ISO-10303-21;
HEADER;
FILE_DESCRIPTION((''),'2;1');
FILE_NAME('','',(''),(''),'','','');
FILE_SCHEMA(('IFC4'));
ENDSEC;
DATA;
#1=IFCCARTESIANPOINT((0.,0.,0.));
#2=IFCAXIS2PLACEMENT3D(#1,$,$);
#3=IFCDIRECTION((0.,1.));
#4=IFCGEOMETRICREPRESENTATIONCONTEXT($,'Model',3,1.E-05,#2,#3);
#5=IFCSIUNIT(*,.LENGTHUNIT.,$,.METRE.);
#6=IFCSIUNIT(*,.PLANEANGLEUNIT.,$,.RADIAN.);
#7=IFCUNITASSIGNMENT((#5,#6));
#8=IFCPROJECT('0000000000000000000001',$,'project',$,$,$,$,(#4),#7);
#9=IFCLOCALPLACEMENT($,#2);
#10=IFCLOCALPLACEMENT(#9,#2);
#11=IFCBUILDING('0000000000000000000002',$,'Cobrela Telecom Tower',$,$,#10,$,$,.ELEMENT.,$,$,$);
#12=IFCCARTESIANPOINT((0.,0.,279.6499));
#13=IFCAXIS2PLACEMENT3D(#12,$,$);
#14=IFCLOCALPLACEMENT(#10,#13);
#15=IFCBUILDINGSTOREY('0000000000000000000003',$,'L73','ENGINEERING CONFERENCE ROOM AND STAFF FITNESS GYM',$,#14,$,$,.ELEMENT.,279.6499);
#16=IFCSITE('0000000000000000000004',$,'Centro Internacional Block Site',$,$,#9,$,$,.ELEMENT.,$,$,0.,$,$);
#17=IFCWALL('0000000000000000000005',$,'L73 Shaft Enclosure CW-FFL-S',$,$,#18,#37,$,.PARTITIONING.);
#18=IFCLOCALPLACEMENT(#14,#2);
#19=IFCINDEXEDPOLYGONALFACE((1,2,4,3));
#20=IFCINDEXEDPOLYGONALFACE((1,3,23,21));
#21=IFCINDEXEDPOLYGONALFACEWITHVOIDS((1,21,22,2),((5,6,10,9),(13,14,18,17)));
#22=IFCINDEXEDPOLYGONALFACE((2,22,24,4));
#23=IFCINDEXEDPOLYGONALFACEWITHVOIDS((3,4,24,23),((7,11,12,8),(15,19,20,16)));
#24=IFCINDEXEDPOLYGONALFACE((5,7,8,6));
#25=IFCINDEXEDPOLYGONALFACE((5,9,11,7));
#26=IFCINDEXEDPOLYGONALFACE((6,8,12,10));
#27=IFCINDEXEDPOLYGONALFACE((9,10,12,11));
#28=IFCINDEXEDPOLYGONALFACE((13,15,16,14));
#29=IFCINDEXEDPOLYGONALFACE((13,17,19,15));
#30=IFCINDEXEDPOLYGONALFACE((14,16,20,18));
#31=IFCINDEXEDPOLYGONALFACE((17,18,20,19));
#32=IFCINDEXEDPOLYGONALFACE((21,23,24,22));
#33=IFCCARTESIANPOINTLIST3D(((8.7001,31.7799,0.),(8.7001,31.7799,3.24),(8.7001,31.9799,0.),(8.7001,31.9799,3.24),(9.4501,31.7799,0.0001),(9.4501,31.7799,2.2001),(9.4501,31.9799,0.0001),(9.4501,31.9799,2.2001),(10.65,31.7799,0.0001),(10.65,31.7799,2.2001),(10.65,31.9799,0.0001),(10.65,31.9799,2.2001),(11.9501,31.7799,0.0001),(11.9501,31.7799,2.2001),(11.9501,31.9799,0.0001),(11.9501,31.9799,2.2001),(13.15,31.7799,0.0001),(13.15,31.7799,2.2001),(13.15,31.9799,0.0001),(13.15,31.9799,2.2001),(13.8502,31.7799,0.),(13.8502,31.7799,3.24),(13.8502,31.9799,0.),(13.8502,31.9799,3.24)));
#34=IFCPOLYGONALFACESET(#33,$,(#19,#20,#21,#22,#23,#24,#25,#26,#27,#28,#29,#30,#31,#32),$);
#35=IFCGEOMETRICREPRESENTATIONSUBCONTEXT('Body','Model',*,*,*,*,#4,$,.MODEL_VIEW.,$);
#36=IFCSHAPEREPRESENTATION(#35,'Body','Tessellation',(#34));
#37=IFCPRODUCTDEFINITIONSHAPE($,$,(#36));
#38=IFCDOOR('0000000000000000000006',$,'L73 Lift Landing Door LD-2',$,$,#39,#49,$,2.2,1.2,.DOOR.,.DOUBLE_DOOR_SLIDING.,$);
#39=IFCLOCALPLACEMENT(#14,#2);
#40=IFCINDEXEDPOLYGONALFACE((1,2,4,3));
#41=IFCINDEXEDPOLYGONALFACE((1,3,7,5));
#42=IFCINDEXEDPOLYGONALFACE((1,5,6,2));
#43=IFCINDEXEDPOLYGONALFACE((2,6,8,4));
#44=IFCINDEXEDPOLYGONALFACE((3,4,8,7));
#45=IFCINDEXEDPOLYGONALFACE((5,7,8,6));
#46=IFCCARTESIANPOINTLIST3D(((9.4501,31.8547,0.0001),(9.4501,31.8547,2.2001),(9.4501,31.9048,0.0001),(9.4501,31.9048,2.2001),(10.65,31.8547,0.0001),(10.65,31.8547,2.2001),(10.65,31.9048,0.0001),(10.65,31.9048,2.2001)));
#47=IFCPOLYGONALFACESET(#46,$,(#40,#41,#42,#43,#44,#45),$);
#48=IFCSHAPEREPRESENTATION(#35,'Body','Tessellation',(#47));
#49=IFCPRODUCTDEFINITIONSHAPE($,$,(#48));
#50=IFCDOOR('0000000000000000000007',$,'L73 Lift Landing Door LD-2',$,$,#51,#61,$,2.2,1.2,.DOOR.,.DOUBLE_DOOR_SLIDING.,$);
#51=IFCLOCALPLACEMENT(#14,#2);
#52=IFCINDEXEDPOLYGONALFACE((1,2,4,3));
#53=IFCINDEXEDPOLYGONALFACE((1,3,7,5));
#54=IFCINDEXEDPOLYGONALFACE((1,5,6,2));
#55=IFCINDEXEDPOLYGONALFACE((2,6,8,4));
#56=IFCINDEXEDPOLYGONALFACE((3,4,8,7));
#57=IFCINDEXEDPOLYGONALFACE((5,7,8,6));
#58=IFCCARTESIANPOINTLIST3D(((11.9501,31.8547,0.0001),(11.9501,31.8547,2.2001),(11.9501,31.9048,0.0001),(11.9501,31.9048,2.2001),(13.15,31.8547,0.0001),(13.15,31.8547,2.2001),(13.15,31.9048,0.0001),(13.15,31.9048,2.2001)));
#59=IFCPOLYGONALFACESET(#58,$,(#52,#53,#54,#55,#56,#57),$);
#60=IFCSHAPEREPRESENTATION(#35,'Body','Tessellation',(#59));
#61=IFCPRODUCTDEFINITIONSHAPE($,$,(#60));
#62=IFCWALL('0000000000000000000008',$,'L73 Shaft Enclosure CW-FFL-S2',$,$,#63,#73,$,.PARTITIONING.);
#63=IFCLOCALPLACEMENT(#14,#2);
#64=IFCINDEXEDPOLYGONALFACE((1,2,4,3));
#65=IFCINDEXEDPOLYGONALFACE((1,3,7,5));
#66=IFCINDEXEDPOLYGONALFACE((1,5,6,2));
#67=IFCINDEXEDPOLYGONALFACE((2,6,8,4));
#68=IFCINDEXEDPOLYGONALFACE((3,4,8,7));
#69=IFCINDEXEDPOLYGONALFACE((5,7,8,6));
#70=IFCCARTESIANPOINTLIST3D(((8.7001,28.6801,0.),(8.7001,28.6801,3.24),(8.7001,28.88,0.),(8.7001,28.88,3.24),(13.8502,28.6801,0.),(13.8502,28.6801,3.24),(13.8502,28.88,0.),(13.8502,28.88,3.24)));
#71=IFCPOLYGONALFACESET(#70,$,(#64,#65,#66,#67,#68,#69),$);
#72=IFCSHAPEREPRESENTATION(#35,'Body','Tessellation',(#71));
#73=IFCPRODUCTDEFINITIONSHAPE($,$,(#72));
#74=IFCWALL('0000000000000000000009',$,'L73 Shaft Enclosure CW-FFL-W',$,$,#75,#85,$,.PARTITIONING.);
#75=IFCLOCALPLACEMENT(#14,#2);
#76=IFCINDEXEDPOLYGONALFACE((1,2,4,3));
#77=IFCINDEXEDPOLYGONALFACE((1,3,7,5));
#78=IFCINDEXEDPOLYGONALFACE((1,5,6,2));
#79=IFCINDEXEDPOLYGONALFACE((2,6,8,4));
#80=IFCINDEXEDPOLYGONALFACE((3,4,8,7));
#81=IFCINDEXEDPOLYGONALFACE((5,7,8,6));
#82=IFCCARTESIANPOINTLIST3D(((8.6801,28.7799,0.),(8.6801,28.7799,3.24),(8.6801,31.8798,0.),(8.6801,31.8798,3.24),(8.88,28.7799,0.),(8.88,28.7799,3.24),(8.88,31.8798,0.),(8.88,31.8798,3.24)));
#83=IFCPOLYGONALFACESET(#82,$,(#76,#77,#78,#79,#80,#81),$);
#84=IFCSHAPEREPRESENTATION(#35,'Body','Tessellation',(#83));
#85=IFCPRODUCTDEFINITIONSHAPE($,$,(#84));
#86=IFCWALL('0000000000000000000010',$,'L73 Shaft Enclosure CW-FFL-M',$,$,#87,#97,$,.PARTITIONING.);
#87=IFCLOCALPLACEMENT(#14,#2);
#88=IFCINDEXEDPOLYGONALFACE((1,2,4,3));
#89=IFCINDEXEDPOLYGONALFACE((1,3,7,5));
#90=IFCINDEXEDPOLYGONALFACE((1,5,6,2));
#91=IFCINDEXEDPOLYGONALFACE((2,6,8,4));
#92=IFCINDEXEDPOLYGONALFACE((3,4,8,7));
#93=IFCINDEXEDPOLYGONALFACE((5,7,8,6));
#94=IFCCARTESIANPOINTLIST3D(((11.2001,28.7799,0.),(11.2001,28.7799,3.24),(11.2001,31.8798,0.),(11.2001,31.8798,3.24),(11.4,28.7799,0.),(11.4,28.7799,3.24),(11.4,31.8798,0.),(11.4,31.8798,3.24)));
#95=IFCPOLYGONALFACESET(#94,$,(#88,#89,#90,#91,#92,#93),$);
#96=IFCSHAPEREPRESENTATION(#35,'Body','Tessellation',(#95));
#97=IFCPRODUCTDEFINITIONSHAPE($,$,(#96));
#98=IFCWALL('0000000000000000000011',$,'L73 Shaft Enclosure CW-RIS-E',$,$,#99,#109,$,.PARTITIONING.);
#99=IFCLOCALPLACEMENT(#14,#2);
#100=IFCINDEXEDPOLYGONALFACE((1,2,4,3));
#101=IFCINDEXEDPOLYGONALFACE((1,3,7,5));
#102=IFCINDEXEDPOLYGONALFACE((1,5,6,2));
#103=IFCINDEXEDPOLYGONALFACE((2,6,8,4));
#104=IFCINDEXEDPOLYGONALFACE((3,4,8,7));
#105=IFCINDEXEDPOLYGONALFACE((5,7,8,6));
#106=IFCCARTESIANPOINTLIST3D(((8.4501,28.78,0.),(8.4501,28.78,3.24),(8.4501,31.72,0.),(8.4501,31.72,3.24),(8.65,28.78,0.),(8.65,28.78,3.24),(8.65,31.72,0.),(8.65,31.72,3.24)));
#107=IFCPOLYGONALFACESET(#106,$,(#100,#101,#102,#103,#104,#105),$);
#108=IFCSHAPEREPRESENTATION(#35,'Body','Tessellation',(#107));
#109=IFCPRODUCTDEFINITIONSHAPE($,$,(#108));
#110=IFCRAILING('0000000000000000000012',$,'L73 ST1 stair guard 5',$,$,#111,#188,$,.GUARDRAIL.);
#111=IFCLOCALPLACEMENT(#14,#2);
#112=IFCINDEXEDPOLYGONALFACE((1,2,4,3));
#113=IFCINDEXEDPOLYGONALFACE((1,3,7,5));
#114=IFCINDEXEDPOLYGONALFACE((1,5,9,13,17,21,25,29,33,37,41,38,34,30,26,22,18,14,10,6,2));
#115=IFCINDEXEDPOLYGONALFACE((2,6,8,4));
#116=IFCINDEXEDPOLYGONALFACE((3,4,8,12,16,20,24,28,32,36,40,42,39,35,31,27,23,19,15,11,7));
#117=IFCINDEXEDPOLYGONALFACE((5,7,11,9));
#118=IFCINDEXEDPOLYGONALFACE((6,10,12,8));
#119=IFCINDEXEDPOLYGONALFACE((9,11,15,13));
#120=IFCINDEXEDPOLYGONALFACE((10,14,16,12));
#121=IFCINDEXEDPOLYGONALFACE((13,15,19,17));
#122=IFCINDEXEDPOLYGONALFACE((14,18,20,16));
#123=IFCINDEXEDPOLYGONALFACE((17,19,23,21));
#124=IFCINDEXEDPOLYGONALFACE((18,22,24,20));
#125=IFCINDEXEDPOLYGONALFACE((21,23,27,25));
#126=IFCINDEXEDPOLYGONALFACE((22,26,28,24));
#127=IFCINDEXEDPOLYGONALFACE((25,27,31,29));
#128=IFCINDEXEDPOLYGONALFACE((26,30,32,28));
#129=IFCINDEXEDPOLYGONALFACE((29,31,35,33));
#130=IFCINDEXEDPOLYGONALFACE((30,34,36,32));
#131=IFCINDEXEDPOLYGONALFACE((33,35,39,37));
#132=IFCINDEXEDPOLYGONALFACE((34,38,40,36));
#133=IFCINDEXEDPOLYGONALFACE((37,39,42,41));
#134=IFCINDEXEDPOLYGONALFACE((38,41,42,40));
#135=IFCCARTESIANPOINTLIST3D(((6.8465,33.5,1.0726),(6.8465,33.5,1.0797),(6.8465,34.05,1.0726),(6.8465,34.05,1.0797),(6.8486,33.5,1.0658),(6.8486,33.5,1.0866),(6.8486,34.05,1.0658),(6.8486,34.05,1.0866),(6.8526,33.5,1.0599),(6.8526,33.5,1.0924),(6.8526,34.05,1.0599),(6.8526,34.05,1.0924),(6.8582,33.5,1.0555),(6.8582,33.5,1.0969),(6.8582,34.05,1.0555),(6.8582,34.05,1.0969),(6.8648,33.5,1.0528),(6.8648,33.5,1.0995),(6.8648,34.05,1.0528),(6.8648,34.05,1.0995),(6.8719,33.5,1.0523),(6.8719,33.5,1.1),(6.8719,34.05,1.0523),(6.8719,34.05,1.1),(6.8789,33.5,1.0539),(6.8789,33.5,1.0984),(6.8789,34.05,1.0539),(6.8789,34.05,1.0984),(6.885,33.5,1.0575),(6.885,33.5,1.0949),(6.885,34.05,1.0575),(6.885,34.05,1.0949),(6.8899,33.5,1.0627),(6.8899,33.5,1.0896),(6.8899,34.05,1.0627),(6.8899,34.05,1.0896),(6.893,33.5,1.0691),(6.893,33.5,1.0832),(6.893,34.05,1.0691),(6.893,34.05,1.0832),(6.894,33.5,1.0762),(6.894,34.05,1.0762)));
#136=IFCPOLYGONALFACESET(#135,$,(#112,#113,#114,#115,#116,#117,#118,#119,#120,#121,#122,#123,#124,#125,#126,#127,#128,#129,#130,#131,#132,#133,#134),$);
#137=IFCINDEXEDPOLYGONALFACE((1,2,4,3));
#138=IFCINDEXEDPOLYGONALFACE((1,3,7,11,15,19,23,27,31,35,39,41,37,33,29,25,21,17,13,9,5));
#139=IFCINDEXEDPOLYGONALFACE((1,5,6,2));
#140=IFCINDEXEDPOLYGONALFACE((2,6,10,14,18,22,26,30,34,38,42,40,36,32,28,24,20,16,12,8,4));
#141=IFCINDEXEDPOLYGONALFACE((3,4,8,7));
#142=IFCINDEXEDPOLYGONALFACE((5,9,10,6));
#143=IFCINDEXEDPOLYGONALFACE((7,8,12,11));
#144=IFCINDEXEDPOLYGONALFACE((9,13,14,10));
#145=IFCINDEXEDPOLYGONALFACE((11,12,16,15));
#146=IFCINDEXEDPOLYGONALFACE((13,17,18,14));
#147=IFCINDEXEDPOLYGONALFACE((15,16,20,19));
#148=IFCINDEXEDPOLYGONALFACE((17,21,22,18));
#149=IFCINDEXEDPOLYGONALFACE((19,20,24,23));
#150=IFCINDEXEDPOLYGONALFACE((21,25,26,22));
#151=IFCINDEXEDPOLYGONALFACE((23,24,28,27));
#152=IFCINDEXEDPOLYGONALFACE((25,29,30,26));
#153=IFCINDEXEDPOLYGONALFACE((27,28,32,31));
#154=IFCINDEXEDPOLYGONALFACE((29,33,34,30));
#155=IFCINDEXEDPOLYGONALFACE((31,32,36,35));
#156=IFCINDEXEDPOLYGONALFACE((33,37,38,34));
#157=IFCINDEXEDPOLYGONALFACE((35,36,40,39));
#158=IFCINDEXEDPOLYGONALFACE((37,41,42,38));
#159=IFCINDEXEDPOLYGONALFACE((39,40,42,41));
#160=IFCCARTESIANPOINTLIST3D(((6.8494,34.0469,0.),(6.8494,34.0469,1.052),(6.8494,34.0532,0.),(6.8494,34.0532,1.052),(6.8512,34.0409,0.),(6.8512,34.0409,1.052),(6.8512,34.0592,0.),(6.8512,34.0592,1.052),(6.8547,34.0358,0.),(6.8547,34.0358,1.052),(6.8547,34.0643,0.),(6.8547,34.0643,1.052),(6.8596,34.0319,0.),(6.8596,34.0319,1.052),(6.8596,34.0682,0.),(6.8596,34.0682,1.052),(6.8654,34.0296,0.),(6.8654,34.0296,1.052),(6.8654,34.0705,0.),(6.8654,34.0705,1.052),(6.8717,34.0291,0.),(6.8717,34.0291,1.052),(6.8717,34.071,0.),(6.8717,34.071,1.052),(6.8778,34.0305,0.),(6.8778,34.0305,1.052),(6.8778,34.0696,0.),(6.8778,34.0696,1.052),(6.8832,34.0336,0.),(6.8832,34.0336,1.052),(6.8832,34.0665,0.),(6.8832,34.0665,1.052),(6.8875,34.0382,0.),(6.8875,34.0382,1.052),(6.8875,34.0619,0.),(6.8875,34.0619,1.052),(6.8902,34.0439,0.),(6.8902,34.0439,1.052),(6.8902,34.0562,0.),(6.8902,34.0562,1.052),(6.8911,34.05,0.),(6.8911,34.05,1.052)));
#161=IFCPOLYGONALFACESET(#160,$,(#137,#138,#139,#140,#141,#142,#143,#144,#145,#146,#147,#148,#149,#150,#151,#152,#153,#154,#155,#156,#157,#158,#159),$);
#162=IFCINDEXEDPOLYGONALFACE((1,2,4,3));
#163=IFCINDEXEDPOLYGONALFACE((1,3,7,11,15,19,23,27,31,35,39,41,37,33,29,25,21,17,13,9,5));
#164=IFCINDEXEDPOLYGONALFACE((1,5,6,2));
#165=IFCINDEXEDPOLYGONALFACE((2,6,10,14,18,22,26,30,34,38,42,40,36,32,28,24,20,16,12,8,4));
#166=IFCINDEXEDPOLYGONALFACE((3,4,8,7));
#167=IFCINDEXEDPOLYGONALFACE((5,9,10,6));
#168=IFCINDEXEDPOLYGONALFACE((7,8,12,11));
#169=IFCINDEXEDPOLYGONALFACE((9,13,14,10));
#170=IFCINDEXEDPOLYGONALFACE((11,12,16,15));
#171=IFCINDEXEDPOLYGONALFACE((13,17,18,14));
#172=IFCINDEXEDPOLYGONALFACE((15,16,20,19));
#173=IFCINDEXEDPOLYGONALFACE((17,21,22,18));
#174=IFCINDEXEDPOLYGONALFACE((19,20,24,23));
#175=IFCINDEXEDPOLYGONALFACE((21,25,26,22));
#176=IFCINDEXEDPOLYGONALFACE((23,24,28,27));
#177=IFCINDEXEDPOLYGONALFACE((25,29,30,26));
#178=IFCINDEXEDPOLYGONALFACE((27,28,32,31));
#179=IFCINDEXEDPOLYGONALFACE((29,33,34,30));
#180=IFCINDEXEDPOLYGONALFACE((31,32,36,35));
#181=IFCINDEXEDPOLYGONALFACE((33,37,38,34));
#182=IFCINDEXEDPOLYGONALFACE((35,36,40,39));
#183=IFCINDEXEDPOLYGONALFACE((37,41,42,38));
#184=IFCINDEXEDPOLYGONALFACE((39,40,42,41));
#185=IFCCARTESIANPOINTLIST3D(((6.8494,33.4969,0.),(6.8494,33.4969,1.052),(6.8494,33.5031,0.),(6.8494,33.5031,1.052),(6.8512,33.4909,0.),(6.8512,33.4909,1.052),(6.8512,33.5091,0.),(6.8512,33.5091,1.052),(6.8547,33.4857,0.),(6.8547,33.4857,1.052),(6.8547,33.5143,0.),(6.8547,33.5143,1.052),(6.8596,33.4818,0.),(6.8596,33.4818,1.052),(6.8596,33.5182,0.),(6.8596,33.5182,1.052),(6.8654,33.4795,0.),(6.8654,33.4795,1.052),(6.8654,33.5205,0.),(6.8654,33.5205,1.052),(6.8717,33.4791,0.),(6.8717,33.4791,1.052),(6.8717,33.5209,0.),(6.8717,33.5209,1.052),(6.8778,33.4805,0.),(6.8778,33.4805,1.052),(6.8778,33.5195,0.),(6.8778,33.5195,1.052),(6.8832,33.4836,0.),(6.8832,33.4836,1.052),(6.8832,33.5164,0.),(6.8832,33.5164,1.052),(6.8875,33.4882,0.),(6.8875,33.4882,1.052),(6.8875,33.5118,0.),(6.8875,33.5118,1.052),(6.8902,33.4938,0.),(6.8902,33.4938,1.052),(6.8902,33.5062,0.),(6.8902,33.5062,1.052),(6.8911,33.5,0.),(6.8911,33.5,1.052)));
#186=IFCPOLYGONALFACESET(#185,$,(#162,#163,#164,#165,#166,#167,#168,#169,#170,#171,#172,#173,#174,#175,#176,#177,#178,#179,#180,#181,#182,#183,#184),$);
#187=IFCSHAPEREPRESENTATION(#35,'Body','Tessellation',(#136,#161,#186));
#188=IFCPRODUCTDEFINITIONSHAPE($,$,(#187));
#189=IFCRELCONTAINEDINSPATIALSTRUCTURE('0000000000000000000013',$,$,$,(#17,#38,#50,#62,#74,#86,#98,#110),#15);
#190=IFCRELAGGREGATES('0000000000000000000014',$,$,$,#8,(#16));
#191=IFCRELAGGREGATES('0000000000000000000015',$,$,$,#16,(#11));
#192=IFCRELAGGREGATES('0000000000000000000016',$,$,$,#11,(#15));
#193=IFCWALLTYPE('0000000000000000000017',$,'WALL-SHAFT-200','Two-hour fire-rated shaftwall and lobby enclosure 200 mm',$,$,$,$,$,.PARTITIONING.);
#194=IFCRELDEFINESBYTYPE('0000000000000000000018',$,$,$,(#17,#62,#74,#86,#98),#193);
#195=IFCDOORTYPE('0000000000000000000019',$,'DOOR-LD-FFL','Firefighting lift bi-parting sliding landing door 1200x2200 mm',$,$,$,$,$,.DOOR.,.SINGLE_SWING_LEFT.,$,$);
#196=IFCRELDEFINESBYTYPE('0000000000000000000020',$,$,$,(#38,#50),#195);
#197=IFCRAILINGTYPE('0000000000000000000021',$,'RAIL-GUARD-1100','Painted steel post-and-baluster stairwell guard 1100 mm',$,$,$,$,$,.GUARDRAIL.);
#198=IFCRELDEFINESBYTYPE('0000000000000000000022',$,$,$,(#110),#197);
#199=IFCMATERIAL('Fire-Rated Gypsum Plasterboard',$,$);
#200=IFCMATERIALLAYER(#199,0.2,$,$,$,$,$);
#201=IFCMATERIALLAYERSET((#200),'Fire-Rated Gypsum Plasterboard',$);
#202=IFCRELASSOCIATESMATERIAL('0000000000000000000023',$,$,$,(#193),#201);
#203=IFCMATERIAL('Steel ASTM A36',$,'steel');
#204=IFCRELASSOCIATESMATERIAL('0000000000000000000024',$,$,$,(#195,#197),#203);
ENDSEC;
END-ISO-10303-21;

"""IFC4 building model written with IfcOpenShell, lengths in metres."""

from ifc_helpers import new_model, si_unit, direction, frame, frame_2d, origin, origin_2d, place, context, subcontext, project, spatial, rectangle, circle, extrude, material, layer, layer_set, type_object, element, fill, save


model = new_model("IFC4")

# Units and contexts
model_context = context("Model", 3, precision=1e-05, world=origin(), true_north=direction((0.0, 1.0)))
body_context = subcontext(model_context, "Body", "Model", "MODEL_VIEW")
ifc_project = project(units=[si_unit("LENGTHUNIT", "METRE"), si_unit("PLANEANGLEUNIT", "RADIAN")], contexts=[model_context])

# Site, building, storey
site_placement = place(None, origin())
site = spatial("IfcSite", under=ifc_project, at=site_placement, Name="Centro Internacional Block Site", CompositionType="ELEMENT", RefElevation=0.0)
building_placement = place(site_placement, origin())
building = spatial("IfcBuilding", under=site, at=building_placement, Name="Cobrela Telecom Tower", CompositionType="ELEMENT")
storey_placement = place(building_placement, frame((0.0, 0.0, 279.6499)))
storey = spatial("IfcBuildingStorey", under=building, at=storey_placement, Name="L73", Description="ENGINEERING CONFERENCE ROOM AND STAFF FITNESS GYM", CompositionType="ELEMENT", Elevation=279.6499)

# Shared definitions
ifc_material_1 = material(Name="Steel ASTM A36", Category="steel")

# Shared definitions
ifc_material_2 = material(Name="Fire-Rated Gypsum Plasterboard")

# Wall, openings, doors
ifc_layer_1 = layer(ifc_material_2, 0.2)
ifc_layer_set_1 = layer_set([ifc_layer_1], Name="Fire-Rated Gypsum Plasterboard")
wall_type_1 = type_object("IfcWallType", Name="WALL-SHAFT-200", Description="Two-hour fire-rated shaftwall and lobby enclosure 200 mm", PredefinedType="PARTITIONING", material=ifc_layer_set_1)
wall_1_placement = place(storey_placement, frame((8.7, 31.8799, 0.0), z_axis=(0.0, 0.0, 1.0), x_axis=(1.0, 0.0, 0.0)))
wall_1 = element("IfcWall", 1, at=wall_1_placement, inside=storey, type_object=wall_type_1, Name="L73 Shaft Enclosure CW-FFL-S", PredefinedType="PARTITIONING", context=body_context, shape_type="SweptSolid", body=[
    extrude(rectangle(XDim=5.1501, YDim=0.2, at=frame_2d((2.5752, 0.0))), origin(), (0.0, 0.0, 1.0), 3.24),
])
opening_1_placement = place(wall_1_placement, frame((0.75, 0.0, 0.0)))
opening_1 = element("IfcOpeningElement", 2, at=opening_1_placement, cuts=wall_1, PredefinedType="OPENING", context=body_context, shape_type="SweptSolid", body=[
    extrude(rectangle(XDim=1.2, YDim=2.2, at=frame_2d((0.6001, 1.1001))), frame((0.0, 0.1118, 0.0), z_axis=(0.0, -1.0, 0.0), x_axis=(1.0, 0.0, 0.0)), (0.0, 0.0, 1.0), 0.2239),
])
opening_2_placement = place(wall_1_placement, frame((3.25, 0.0, 0.0)))
opening_2 = element("IfcOpeningElement", 3, at=opening_2_placement, cuts=wall_1, PredefinedType="OPENING", context=body_context, shape_type="SweptSolid", body=[
    extrude(rectangle(XDim=1.2, YDim=2.2, at=frame_2d((0.6001, 1.1001))), frame((0.0, 0.1118, 0.0), z_axis=(0.0, -1.0, 0.0), x_axis=(1.0, 0.0, 0.0)), (0.0, 0.0, 1.0), 0.2239),
])
door_type_1 = type_object("IfcDoorType", Name="DOOR-LD-FFL", Description="Firefighting lift bi-parting sliding landing door 1200x2200 mm", OperationType="SINGLE_SWING_LEFT", PredefinedType="DOOR", material=ifc_material_1)
door_1_placement = place(opening_1_placement, origin())
door_1 = element("IfcDoor", 4, at=door_1_placement, inside=storey, type_object=door_type_1, Name="L73 Lift Landing Door LD-2", OperationType="DOUBLE_DOOR_SLIDING", OverallHeight=2.2, OverallWidth=1.2, PredefinedType="DOOR", context=body_context, shape_type="SweptSolid", body=[
    extrude(rectangle(XDim=1.2, YDim=2.2, at=frame_2d((0.6001, 1.1001))), frame((0.0, 0.0249, 0.0), z_axis=(0.0, -1.0, 0.0), x_axis=(1.0, 0.0, 0.0)), (0.0, 0.0, 1.0), 0.05),
])
fill(opening_1, door_1)
door_2_placement = place(opening_2_placement, origin())
door_2 = element("IfcDoor", 5, at=door_2_placement, inside=storey, type_object=door_type_1, Name="L73 Lift Landing Door LD-2", OperationType="DOUBLE_DOOR_SLIDING", OverallHeight=2.2, OverallWidth=1.2, PredefinedType="DOOR", context=body_context, shape_type="SweptSolid", body=[
    extrude(rectangle(XDim=1.2, YDim=2.2, at=frame_2d((0.6001, 1.1001))), frame((0.0, 0.0249, 0.0), z_axis=(0.0, -1.0, 0.0), x_axis=(1.0, 0.0, 0.0)), (0.0, 0.0, 1.0), 0.05),
])
fill(opening_2, door_2)

# Walls
wall_2_placement = place(storey_placement, frame((8.7, 28.78, 0.0), z_axis=(0.0, 0.0, 1.0), x_axis=(1.0, 0.0, 0.0)))
element("IfcWall", 6, at=wall_2_placement, inside=storey, type_object=wall_type_1, Name="L73 Shaft Enclosure CW-FFL-S2", PredefinedType="PARTITIONING", context=body_context, shape_type="SweptSolid", body=[
    extrude(rectangle(XDim=5.1501, YDim=0.2, at=frame_2d((2.5752, 0.0))), origin(), (0.0, 0.0, 1.0), 3.24),
])
for number, where, z_axis, x_axis, name in (
    (7, (8.78, 28.78, 0.0), (0.0, 0.0, 1.0), (0.0, 1.0, 0.0), "L73 Shaft Enclosure CW-FFL-W"),
    (8, (11.3, 28.78, 0.0), (0.0, 0.0, 1.0), (0.0, 1.0, 0.0), "L73 Shaft Enclosure CW-FFL-M"),
):
    element("IfcWall", number, at=place(storey_placement, frame(where, z_axis=z_axis, x_axis=x_axis)), inside=storey, type_object=wall_type_1, Name=name, PredefinedType="PARTITIONING", context=body_context, shape_type="SweptSolid", body=[
        extrude(rectangle(XDim=3.0999, YDim=0.2, at=frame_2d((1.5498, 0.0))), origin(), (0.0, 0.0, 1.0), 3.24),
    ])
wall_3_placement = place(storey_placement, frame((8.55, 28.78, 0.0), z_axis=(0.0, 0.0, 1.0), x_axis=(0.0, 1.0, 0.0)))
element("IfcWall", 9, at=wall_3_placement, inside=storey, type_object=wall_type_1, Name="L73 Shaft Enclosure CW-RIS-E", PredefinedType="PARTITIONING", context=body_context, shape_type="SweptSolid", body=[
    extrude(rectangle(XDim=2.9399, YDim=0.2, at=frame_2d((1.47, 0.0))), origin(), (0.0, 0.0, 1.0), 3.24),
])

# Railing
railing_type_1 = type_object("IfcRailingType", Name="RAIL-GUARD-1100", Description="Painted steel post-and-baluster stairwell guard 1100 mm", PredefinedType="GUARDRAIL", material=ifc_material_1)
railing_1_placement = place(storey_placement, frame((6.8701, 34.05, 0.0)))
element("IfcRailing", 10, at=railing_1_placement, inside=storey, type_object=railing_type_1, Name="L73 ST1 stair guard 5", PredefinedType="GUARDRAIL", context=body_context, shape_type="SweptSolid", body=[
    extrude(circle(Radius=0.0239, at=origin_2d()), frame((0.0, 0.0, 1.0762), z_axis=(0.0, -1.0, 0.0), x_axis=(1.0, 0.0, 0.0)), (0.0, 0.0, 1.0), 0.55),
    extrude(circle(Radius=0.021, at=origin_2d()), origin(), (0.0, 0.0, 1.0), 1.052),
    extrude(circle(Radius=0.021, at=origin_2d()), frame((0.0, -0.55, 0.0)), (0.0, 0.0, 1.0), 1.052),
])

save(model, "model.ifc")
